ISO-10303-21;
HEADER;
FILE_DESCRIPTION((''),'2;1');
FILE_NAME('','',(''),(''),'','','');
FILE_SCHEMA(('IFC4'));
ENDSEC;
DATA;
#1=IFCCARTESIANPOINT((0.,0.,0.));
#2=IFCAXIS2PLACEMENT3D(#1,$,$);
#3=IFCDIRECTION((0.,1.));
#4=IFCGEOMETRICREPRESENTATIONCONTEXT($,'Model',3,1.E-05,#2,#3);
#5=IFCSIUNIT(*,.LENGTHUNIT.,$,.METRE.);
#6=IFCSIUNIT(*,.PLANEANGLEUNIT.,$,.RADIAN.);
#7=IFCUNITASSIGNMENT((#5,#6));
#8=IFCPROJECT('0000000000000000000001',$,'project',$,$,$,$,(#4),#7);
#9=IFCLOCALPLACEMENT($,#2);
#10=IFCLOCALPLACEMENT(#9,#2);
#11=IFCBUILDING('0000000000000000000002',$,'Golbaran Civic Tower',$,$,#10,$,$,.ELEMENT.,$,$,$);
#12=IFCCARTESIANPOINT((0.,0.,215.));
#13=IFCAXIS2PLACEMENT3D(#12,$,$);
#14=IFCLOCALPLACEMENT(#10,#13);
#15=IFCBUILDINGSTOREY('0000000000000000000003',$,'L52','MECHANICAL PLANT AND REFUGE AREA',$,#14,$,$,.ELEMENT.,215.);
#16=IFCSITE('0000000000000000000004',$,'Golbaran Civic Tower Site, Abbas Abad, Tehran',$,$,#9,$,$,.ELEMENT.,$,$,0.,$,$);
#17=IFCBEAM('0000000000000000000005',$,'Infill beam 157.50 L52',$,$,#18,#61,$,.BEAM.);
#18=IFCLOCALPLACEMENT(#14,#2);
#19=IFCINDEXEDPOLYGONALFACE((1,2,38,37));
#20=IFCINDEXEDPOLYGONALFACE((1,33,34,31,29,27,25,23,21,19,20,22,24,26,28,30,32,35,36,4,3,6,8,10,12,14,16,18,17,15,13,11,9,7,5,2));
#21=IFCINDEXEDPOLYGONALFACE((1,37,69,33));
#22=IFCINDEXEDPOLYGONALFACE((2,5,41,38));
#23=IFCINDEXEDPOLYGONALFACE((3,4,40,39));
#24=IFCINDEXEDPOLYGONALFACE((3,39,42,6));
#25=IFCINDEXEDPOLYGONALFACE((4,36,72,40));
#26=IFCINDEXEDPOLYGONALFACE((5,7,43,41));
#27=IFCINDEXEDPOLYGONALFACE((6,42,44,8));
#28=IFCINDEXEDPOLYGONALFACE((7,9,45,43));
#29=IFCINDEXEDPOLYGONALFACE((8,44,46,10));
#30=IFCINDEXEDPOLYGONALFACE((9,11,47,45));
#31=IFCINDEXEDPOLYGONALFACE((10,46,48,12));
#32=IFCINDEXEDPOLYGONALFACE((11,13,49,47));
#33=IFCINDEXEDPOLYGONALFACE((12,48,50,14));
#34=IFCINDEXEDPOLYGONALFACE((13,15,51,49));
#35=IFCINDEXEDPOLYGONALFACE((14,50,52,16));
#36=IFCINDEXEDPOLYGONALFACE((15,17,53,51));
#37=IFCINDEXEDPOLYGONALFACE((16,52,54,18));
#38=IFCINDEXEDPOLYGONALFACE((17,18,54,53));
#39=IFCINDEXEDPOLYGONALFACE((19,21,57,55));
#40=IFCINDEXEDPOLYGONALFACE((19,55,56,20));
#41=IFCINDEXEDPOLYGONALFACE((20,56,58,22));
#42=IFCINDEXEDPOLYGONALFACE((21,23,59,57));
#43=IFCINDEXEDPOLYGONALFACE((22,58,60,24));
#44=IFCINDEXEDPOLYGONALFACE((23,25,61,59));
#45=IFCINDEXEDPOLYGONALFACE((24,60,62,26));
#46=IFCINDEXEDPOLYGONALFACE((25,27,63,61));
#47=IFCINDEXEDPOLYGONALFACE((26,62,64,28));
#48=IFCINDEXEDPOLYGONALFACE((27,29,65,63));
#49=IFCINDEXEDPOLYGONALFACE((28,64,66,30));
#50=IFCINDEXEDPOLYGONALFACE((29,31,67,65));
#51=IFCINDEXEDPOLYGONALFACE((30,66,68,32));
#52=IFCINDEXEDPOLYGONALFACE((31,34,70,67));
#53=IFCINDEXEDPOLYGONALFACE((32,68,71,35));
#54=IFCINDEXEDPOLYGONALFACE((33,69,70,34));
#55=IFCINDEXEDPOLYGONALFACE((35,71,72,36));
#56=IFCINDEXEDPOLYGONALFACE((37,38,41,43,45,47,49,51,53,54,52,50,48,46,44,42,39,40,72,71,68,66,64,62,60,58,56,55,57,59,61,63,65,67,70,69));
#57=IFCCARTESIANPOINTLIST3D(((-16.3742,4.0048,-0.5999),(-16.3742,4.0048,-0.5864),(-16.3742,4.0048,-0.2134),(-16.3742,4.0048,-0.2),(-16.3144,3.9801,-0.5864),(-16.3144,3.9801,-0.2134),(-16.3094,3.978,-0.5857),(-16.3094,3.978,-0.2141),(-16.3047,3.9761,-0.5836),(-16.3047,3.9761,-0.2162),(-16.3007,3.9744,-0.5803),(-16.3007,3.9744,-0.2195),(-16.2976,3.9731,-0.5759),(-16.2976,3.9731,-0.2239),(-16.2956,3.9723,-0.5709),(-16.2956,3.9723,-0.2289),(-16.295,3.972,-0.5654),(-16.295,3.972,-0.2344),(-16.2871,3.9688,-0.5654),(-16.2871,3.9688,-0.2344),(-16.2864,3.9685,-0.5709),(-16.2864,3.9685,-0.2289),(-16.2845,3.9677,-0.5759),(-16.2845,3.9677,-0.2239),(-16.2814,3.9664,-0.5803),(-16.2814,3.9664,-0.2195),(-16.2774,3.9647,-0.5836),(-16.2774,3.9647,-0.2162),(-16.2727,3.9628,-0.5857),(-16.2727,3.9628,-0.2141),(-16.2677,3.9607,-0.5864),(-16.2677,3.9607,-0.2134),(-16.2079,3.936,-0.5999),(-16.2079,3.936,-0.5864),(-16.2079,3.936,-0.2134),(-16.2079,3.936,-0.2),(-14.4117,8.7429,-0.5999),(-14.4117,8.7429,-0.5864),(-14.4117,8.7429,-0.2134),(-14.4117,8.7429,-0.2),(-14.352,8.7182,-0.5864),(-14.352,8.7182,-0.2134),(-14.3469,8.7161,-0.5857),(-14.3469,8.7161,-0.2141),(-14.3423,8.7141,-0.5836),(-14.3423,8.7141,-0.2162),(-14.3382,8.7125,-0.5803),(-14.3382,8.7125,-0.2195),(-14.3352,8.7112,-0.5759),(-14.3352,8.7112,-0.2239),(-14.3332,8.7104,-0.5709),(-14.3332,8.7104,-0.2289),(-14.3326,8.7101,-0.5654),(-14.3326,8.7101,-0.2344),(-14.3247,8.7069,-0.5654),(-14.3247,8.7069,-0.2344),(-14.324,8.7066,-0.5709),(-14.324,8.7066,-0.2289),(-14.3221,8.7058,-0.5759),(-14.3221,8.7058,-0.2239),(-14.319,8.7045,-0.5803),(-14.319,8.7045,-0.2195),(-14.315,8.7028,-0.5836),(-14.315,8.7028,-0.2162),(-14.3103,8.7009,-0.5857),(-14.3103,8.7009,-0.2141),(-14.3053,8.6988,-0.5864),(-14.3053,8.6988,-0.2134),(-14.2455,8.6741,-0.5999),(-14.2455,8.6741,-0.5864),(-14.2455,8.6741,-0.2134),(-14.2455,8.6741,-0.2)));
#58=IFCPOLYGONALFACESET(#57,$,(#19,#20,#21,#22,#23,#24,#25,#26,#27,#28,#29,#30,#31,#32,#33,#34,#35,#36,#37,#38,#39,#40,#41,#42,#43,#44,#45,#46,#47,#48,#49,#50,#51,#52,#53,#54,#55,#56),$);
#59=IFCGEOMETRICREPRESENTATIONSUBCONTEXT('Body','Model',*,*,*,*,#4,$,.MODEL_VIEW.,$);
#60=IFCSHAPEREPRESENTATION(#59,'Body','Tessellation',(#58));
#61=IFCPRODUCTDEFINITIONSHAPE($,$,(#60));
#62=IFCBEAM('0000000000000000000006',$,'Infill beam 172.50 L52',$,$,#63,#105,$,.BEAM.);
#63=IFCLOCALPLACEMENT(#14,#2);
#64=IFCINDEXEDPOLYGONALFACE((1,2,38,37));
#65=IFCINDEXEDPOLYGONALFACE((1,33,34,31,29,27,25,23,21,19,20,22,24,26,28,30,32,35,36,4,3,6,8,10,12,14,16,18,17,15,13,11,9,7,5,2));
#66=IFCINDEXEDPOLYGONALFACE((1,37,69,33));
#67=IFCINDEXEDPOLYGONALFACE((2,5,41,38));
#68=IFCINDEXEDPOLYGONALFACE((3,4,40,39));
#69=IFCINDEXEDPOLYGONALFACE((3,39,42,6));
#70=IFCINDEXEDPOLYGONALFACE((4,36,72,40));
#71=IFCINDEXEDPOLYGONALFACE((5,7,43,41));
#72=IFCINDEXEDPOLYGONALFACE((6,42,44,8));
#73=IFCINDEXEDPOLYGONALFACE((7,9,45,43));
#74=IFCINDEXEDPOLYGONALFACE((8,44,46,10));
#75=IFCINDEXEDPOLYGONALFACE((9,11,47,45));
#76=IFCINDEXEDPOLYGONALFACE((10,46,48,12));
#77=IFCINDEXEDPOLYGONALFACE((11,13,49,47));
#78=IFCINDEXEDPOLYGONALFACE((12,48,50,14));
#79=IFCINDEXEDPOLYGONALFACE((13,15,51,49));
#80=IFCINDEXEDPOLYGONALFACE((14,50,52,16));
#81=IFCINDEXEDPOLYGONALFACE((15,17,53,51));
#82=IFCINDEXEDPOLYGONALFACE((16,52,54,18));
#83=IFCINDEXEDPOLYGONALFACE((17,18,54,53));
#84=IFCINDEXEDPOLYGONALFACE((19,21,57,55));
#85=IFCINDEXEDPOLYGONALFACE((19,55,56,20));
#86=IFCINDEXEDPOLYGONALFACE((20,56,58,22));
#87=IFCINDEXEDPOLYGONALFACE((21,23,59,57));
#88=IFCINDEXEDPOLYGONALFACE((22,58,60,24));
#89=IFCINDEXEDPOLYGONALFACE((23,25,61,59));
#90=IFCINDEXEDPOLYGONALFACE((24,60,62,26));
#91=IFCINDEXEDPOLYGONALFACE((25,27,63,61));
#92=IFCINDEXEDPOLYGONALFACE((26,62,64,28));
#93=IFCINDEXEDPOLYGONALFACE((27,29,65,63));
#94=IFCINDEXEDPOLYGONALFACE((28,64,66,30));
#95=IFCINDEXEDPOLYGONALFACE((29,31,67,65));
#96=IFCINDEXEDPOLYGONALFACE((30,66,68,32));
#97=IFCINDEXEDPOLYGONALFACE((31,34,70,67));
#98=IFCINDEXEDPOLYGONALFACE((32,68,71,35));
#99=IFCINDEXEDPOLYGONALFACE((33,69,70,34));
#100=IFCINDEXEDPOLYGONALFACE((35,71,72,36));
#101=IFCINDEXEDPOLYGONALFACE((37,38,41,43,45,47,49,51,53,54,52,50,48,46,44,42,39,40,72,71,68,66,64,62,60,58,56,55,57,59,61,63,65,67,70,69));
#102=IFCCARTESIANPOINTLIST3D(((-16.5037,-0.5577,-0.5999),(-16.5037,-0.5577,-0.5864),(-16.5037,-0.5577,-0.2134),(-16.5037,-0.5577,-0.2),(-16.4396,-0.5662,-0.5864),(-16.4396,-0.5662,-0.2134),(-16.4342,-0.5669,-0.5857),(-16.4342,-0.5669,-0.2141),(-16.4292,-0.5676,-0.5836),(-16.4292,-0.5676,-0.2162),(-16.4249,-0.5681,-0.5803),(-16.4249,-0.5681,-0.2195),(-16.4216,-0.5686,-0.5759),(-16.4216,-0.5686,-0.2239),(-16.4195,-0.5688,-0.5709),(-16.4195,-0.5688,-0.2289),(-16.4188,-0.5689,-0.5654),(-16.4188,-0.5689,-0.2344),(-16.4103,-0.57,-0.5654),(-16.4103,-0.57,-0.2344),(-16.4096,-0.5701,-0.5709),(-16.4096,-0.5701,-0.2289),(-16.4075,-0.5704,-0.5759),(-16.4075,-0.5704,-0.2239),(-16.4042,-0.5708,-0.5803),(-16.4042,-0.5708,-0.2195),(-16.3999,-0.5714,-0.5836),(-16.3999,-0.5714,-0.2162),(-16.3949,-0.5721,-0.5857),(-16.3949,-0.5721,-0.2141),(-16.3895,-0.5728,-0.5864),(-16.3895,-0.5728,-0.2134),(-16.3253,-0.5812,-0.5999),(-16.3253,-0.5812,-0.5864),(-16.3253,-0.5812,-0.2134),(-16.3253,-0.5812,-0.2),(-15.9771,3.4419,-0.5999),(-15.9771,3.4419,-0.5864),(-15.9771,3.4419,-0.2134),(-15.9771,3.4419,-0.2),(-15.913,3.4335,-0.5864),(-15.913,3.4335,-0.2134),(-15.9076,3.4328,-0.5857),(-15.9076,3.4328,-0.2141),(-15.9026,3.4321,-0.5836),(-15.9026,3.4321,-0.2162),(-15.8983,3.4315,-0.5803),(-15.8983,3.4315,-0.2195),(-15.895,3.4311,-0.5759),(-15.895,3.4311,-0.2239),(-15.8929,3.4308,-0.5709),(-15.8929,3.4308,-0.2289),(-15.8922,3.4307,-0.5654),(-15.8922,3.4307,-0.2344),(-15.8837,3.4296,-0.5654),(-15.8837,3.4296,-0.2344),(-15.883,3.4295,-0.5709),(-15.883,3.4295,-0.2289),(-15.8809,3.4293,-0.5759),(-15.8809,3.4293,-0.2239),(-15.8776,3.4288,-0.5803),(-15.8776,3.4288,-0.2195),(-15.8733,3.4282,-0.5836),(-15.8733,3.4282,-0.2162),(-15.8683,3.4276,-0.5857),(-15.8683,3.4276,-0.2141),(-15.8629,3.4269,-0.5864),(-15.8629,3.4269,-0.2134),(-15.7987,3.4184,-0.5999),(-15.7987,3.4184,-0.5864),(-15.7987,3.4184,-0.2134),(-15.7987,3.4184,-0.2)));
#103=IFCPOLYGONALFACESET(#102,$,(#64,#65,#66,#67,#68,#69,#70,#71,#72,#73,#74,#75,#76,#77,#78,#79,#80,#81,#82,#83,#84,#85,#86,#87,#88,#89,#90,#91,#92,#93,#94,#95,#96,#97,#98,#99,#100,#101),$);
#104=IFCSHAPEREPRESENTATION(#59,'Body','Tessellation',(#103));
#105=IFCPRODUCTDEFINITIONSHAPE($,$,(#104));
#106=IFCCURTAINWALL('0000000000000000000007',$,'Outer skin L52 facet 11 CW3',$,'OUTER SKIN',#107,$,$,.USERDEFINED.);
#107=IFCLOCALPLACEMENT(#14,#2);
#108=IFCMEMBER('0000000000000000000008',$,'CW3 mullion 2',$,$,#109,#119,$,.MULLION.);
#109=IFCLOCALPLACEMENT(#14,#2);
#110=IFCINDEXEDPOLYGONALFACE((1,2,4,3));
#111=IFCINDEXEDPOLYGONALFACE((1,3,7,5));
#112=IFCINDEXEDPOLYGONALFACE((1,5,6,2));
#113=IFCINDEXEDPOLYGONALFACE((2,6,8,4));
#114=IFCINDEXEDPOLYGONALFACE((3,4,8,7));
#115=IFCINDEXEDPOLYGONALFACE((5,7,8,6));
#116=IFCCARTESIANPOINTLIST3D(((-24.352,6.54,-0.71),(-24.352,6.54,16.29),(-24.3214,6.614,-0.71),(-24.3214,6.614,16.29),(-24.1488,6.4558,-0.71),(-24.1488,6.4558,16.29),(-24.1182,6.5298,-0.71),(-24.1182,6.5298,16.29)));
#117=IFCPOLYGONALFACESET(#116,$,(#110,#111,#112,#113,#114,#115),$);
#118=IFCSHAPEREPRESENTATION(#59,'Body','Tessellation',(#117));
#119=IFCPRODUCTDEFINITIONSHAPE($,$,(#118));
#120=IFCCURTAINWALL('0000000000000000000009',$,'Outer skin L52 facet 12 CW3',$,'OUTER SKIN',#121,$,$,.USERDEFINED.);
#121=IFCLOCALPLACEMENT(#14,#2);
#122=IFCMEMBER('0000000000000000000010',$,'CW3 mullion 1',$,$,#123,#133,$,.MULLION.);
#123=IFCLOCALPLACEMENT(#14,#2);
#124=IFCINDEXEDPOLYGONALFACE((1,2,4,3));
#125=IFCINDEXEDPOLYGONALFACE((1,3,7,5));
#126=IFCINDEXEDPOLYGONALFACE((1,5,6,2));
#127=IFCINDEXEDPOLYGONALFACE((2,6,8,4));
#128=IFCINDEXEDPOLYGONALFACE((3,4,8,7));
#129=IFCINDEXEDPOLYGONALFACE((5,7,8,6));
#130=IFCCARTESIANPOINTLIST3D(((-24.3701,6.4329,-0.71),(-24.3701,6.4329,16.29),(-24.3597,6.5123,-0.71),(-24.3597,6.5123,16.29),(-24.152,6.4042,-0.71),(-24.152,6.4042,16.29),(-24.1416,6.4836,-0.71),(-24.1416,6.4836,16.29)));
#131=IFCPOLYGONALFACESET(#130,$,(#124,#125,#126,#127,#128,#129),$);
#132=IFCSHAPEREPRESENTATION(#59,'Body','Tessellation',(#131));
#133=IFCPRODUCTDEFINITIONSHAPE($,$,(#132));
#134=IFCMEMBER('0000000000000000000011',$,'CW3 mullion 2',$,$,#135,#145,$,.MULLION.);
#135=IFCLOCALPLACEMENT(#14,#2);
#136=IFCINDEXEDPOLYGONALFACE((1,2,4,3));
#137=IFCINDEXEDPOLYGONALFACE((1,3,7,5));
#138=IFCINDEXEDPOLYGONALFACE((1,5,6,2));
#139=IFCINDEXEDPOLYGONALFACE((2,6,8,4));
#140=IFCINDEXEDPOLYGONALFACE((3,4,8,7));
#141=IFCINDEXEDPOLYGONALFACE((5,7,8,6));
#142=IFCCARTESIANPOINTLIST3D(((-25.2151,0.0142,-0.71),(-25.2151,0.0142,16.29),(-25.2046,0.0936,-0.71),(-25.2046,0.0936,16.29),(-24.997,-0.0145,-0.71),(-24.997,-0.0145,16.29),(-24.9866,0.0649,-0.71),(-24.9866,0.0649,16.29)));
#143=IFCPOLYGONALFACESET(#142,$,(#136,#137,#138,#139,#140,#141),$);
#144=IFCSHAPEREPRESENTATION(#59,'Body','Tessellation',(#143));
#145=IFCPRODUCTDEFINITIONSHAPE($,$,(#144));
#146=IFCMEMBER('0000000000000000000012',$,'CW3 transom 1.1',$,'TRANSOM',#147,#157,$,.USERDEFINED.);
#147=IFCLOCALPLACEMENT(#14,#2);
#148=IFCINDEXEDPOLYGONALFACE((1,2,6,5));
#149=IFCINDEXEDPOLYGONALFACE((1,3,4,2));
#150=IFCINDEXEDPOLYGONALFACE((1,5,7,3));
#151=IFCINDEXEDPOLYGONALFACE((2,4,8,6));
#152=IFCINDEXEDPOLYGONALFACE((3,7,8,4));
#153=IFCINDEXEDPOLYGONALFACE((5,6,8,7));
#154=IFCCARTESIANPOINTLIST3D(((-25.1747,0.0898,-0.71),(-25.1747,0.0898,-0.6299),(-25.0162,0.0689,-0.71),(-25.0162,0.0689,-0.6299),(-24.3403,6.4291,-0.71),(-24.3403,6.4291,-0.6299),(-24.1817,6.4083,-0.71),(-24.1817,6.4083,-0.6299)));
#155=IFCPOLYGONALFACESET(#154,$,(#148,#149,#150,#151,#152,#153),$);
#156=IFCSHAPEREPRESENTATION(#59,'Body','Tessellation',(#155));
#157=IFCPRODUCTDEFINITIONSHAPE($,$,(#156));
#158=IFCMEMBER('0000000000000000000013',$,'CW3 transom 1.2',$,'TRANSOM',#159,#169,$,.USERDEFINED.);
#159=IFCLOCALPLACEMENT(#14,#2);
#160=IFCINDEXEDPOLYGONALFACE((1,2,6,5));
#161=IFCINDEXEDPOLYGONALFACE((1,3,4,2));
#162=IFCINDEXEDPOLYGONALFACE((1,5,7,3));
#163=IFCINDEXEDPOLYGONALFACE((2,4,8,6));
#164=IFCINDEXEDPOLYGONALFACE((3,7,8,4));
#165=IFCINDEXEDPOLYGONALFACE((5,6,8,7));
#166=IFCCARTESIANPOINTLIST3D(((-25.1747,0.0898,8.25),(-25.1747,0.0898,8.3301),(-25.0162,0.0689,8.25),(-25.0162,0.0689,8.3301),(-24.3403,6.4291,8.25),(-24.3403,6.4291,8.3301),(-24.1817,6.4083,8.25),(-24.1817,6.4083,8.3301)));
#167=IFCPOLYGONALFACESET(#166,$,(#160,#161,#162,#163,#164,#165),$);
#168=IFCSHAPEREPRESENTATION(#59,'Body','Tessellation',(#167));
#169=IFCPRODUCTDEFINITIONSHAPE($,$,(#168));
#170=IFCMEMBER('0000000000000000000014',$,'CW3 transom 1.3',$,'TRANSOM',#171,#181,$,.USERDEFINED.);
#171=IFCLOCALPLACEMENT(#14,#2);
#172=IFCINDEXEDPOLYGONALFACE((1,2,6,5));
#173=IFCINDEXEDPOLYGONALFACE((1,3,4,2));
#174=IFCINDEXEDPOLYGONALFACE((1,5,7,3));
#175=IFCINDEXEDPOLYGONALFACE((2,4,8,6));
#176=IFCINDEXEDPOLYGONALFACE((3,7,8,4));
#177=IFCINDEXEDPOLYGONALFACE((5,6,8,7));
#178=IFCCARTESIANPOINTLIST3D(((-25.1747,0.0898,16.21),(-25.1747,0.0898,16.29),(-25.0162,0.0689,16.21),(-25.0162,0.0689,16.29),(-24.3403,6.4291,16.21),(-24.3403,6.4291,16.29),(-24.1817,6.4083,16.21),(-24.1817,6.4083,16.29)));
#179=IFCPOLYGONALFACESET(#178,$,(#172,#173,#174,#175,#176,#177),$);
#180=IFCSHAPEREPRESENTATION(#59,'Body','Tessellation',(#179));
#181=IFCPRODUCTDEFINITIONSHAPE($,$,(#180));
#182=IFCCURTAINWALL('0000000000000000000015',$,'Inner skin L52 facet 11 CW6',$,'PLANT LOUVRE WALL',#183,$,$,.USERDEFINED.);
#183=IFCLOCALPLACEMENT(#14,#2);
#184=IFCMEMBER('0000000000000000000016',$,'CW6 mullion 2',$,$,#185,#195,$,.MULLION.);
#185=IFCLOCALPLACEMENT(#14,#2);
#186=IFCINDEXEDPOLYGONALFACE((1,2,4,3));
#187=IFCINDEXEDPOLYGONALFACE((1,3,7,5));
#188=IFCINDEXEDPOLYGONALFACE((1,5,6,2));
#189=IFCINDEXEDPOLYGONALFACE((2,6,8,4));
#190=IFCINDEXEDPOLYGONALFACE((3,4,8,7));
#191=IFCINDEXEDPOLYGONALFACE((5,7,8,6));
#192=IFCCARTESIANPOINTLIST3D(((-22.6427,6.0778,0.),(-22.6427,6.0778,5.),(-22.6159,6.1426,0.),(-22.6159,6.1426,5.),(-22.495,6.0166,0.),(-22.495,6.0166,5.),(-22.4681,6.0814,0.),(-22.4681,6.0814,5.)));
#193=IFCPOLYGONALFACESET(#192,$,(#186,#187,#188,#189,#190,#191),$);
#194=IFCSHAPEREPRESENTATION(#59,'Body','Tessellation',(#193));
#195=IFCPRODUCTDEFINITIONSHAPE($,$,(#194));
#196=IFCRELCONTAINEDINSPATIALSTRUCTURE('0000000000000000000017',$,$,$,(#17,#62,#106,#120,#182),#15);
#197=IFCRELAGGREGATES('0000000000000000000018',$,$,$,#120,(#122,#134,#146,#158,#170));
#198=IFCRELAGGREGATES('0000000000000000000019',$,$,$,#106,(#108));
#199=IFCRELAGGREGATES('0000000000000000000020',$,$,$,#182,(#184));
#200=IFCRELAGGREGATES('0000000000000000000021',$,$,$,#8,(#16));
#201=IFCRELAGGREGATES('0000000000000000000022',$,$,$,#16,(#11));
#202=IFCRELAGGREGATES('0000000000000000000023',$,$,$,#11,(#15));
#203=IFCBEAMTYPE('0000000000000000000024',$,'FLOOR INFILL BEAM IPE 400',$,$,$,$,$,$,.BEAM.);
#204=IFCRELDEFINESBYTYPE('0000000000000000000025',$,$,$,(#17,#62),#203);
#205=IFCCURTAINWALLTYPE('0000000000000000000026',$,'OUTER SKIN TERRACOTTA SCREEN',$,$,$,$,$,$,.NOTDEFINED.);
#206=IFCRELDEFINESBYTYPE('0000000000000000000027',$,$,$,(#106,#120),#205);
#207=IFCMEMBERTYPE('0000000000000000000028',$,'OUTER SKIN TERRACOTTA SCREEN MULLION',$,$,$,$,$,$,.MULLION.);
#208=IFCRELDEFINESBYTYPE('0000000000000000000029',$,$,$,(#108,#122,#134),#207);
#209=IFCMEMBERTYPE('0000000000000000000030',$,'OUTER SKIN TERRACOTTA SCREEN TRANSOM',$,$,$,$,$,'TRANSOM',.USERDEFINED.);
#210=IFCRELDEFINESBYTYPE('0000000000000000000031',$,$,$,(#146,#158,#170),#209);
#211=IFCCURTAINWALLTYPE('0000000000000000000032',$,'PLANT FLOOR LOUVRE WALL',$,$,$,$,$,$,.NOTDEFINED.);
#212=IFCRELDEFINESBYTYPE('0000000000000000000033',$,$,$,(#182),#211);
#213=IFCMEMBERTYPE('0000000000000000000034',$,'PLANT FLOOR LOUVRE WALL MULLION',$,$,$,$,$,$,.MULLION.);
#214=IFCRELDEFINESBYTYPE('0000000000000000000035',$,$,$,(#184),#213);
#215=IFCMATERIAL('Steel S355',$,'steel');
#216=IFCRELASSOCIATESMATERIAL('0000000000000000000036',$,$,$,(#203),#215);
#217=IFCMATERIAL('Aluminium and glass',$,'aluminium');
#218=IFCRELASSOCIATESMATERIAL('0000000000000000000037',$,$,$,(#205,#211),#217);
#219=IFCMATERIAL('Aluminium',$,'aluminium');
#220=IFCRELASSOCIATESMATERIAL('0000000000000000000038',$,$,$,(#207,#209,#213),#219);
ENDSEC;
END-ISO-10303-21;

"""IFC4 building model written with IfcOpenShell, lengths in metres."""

from ifc_helpers import new_model, si_unit, direction, frame, origin, origin_2d, place, context, subcontext, project, spatial, rectangle, i_section, extrude, material, material_profile, profile_set, type_object, element, aggregate, save


model = new_model("IFC4")

# Units and contexts
model_context = context("Model", 3, precision=1e-05, world=origin(), true_north=direction((0.0, 1.0)))
body_context = subcontext(model_context, "Body", "Model", "MODEL_VIEW")
ifc_project = project(units=[si_unit("LENGTHUNIT", "METRE"), si_unit("PLANEANGLEUNIT", "RADIAN")], contexts=[model_context])

# Site, building, storey
site_placement = place(None, origin())
site = spatial("IfcSite", under=ifc_project, at=site_placement, Name="Golbaran Civic Tower Site, Abbas Abad, Tehran", CompositionType="ELEMENT", RefElevation=0.0)
building_placement = place(site_placement, origin())
building = spatial("IfcBuilding", under=site, at=building_placement, Name="Golbaran Civic Tower", CompositionType="ELEMENT")
storey_placement = place(building_placement, frame((0.0, 0.0, 215.0)))
storey = spatial("IfcBuildingStorey", under=building, at=storey_placement, Name="L52", Description="MECHANICAL PLANT AND REFUGE AREA", CompositionType="ELEMENT", Elevation=215.0)

# Shared definitions
ifc_material_1 = material(Name="Steel S355", Category="steel")

# Beams
ifc_material_profile_1 = material_profile(ifc_material_1, i_section(OverallWidth=0.1799, OverallDepth=0.3999, WebThickness=0.0085, FlangeThickness=0.0134, FilletRadius=0.021, at=origin_2d()), Name="IPE 400")
ifc_profile_set_1 = profile_set([ifc_material_profile_1], Name="Steel S355")
beam_type_1 = type_object("IfcBeamType", Name="FLOOR INFILL BEAM IPE 400", PredefinedType="BEAM", material=ifc_profile_set_1)
beam_1_placement = place(storey_placement, frame((-14.3286, 8.7085, -0.3999), z_axis=(-0.382657, -0.92389, 0.0), x_axis=(0.92389, -0.382657, 0.0)))
element("IfcBeam", 1, at=beam_1_placement, inside=storey, type_object=beam_type_1, Name="Infill beam 157.50 L52", PredefinedType="BEAM", context=body_context, shape_type="SweptSolid", body=[
    extrude(i_section(OverallWidth=0.1799, OverallDepth=0.3999, WebThickness=0.0085, FlangeThickness=0.0134, FilletRadius=0.021, at=origin_2d()), origin(), (0.0, 0.0, 1.0), 5.1284),
])
beam_2_placement = place(storey_placement, frame((-15.8879, 3.4302, -0.3999), z_axis=(-0.130534, -0.991444, 0.0), x_axis=(0.991444, -0.130534, 0.0)))
element("IfcBeam", 2, at=beam_2_placement, inside=storey, type_object=beam_type_1, Name="Infill beam 172.50 L52", PredefinedType="BEAM", context=body_context, shape_type="SweptSolid", body=[
    extrude(i_section(OverallWidth=0.1799, OverallDepth=0.3999, WebThickness=0.0085, FlangeThickness=0.0134, FilletRadius=0.021, at=origin_2d()), origin(), (0.0, 0.0, 1.0), 4.0342),
])

# Curtain wall, member
ifc_material_2 = material(Name="Aluminium and glass", Category="aluminium")
curtain_wall_type_1 = type_object("IfcCurtainWallType", Name="OUTER SKIN TERRACOTTA SCREEN", PredefinedType="NOTDEFINED", material=ifc_material_2)
curtain_wall_1_placement = place(storey_placement, origin())
curtain_wall_1 = element("IfcCurtainWall", 3, at=curtain_wall_1_placement, inside=storey, type_object=curtain_wall_type_1, Name="Outer skin L52 facet 11 CW3", ObjectType="OUTER SKIN", PredefinedType="USERDEFINED")
ifc_material_3 = material(Name="Aluminium", Category="aluminium")
ifc_material_profile_2 = material_profile(ifc_material_3, rectangle(XDim=0.22, YDim=0.0801, at=origin_2d()), Name="OUTER SKIN TERRACOTTA SCREEN MULLION")
ifc_profile_set_2 = profile_set([ifc_material_profile_2], Name="Aluminium")
member_type_1 = type_object("IfcMemberType", Name="OUTER SKIN TERRACOTTA SCREEN MULLION", PredefinedType="MULLION", material=ifc_profile_set_2)
member_1_placement = place(storey_placement, frame((-24.2351, 6.5349, -0.71), z_axis=(0.0, 0.0, 1.0), x_axis=(0.92388, -0.382683, 0.0)))
member_1 = element("IfcMember", 4, at=member_1_placement, type_object=member_type_1, Name="CW3 mullion 2", PredefinedType="MULLION", context=body_context, shape_type="SweptSolid", body=[
    extrude(rectangle(XDim=0.22, YDim=0.0801, at=origin_2d()), origin(), (0.0, 0.0, 1.0), 17.0),
])

# Curtain wall, members
curtain_wall_2_placement = place(storey_placement, origin())
curtain_wall_2 = element("IfcCurtainWall", 5, at=curtain_wall_2_placement, inside=storey, type_object=curtain_wall_type_1, Name="Outer skin L52 facet 12 CW3", ObjectType="OUTER SKIN", PredefinedType="USERDEFINED")
member_2_placement = place(storey_placement, frame((-24.2559, 6.4583, -0.71), z_axis=(0.0, 0.0, 1.0), x_axis=(0.991445, -0.130526, 0.0)))
member_2 = element("IfcMember", 6, at=member_2_placement, type_object=member_type_1, Name="CW3 mullion 1", PredefinedType="MULLION", context=body_context, shape_type="SweptSolid", body=[
    extrude(rectangle(XDim=0.22, YDim=0.0801, at=origin_2d()), origin(), (0.0, 0.0, 1.0), 17.0),
])
member_3_placement = place(storey_placement, frame((-25.1008, 0.0396, -0.71), z_axis=(0.0, 0.0, 1.0), x_axis=(0.991445, -0.130526, 0.0)))
member_3 = element("IfcMember", 7, at=member_3_placement, type_object=member_type_1, Name="CW3 mullion 2", PredefinedType="MULLION", context=body_context, shape_type="SweptSolid", body=[
    extrude(rectangle(XDim=0.22, YDim=0.0801, at=origin_2d()), origin(), (0.0, 0.0, 1.0), 17.0),
])
ifc_material_profile_3 = material_profile(ifc_material_3, rectangle(XDim=0.1599, YDim=0.0801, at=origin_2d()), Name="OUTER SKIN TERRACOTTA SCREEN TRANSOM")
ifc_profile_set_3 = profile_set([ifc_material_profile_3], Name="Aluminium")
member_type_2 = type_object("IfcMemberType", Name="OUTER SKIN TERRACOTTA SCREEN TRANSOM", ElementType="TRANSOM", PredefinedType="USERDEFINED", material=ifc_profile_set_3)
member_4_placement = place(storey_placement, frame((-24.261, 6.4187, -0.6699), z_axis=(-0.130508, -0.991447, 0.0), x_axis=(0.991447, -0.130508, 0.0)))
member_4 = element("IfcMember", 8, at=member_4_placement, type_object=member_type_2, Name="CW3 transom 1.1", ObjectType="TRANSOM", PredefinedType="USERDEFINED", context=body_context, shape_type="SweptSolid", body=[
    extrude(rectangle(XDim=0.1599, YDim=0.0801, at=origin_2d()), origin(), (0.0, 0.0, 1.0), 6.394),
])
member_5_placement = place(storey_placement, frame((-24.261, 6.4187, 8.29), z_axis=(-0.130508, -0.991447, 0.0), x_axis=(0.991447, -0.130508, 0.0)))
member_5 = element("IfcMember", 9, at=member_5_placement, type_object=member_type_2, Name="CW3 transom 1.2", ObjectType="TRANSOM", PredefinedType="USERDEFINED", context=body_context, shape_type="SweptSolid", body=[
    extrude(rectangle(XDim=0.1599, YDim=0.0801, at=origin_2d()), origin(), (0.0, 0.0, 1.0), 6.394),
])
member_6_placement = place(storey_placement, frame((-24.261, 6.4187, 16.25), z_axis=(-0.130508, -0.991447, 0.0), x_axis=(0.991447, -0.130508, 0.0)))
member_6 = element("IfcMember", 10, at=member_6_placement, type_object=member_type_2, Name="CW3 transom 1.3", ObjectType="TRANSOM", PredefinedType="USERDEFINED", context=body_context, shape_type="SweptSolid", body=[
    extrude(rectangle(XDim=0.1599, YDim=0.0801, at=origin_2d()), origin(), (0.0, 0.0, 1.0), 6.394),
])

# Curtain wall, member
curtain_wall_type_2 = type_object("IfcCurtainWallType", Name="PLANT FLOOR LOUVRE WALL", PredefinedType="NOTDEFINED", material=ifc_material_2)
curtain_wall_3_placement = place(storey_placement, origin())
curtain_wall_3 = element("IfcCurtainWall", 11, at=curtain_wall_3_placement, inside=storey, type_object=curtain_wall_type_2, Name="Inner skin L52 facet 11 CW6", ObjectType="PLANT LOUVRE WALL", PredefinedType="USERDEFINED")
ifc_material_profile_4 = material_profile(ifc_material_3, rectangle(XDim=0.1599, YDim=0.0701, at=origin_2d()), Name="PLANT FLOOR LOUVRE WALL MULLION")
ifc_profile_set_4 = profile_set([ifc_material_profile_4], Name="Aluminium")
member_type_3 = type_object("IfcMemberType", Name="PLANT FLOOR LOUVRE WALL MULLION", PredefinedType="MULLION", material=ifc_profile_set_4)
member_7_placement = place(storey_placement, frame((-22.5554, 6.0796, 0.0), z_axis=(0.0, 0.0, 1.0), x_axis=(0.92388, -0.382683, 0.0)))
member_7 = element("IfcMember", 12, at=member_7_placement, type_object=member_type_3, Name="CW6 mullion 2", PredefinedType="MULLION", context=body_context, shape_type="SweptSolid", body=[
    extrude(rectangle(XDim=0.1599, YDim=0.0701, at=origin_2d()), origin(), (0.0, 0.0, 1.0), 5.0),
])

aggregate(curtain_wall_2, [member_2, member_3, member_4, member_5, member_6])
aggregate(curtain_wall_1, [member_1])
aggregate(curtain_wall_3, [member_7])

save(model, "model.ifc")
